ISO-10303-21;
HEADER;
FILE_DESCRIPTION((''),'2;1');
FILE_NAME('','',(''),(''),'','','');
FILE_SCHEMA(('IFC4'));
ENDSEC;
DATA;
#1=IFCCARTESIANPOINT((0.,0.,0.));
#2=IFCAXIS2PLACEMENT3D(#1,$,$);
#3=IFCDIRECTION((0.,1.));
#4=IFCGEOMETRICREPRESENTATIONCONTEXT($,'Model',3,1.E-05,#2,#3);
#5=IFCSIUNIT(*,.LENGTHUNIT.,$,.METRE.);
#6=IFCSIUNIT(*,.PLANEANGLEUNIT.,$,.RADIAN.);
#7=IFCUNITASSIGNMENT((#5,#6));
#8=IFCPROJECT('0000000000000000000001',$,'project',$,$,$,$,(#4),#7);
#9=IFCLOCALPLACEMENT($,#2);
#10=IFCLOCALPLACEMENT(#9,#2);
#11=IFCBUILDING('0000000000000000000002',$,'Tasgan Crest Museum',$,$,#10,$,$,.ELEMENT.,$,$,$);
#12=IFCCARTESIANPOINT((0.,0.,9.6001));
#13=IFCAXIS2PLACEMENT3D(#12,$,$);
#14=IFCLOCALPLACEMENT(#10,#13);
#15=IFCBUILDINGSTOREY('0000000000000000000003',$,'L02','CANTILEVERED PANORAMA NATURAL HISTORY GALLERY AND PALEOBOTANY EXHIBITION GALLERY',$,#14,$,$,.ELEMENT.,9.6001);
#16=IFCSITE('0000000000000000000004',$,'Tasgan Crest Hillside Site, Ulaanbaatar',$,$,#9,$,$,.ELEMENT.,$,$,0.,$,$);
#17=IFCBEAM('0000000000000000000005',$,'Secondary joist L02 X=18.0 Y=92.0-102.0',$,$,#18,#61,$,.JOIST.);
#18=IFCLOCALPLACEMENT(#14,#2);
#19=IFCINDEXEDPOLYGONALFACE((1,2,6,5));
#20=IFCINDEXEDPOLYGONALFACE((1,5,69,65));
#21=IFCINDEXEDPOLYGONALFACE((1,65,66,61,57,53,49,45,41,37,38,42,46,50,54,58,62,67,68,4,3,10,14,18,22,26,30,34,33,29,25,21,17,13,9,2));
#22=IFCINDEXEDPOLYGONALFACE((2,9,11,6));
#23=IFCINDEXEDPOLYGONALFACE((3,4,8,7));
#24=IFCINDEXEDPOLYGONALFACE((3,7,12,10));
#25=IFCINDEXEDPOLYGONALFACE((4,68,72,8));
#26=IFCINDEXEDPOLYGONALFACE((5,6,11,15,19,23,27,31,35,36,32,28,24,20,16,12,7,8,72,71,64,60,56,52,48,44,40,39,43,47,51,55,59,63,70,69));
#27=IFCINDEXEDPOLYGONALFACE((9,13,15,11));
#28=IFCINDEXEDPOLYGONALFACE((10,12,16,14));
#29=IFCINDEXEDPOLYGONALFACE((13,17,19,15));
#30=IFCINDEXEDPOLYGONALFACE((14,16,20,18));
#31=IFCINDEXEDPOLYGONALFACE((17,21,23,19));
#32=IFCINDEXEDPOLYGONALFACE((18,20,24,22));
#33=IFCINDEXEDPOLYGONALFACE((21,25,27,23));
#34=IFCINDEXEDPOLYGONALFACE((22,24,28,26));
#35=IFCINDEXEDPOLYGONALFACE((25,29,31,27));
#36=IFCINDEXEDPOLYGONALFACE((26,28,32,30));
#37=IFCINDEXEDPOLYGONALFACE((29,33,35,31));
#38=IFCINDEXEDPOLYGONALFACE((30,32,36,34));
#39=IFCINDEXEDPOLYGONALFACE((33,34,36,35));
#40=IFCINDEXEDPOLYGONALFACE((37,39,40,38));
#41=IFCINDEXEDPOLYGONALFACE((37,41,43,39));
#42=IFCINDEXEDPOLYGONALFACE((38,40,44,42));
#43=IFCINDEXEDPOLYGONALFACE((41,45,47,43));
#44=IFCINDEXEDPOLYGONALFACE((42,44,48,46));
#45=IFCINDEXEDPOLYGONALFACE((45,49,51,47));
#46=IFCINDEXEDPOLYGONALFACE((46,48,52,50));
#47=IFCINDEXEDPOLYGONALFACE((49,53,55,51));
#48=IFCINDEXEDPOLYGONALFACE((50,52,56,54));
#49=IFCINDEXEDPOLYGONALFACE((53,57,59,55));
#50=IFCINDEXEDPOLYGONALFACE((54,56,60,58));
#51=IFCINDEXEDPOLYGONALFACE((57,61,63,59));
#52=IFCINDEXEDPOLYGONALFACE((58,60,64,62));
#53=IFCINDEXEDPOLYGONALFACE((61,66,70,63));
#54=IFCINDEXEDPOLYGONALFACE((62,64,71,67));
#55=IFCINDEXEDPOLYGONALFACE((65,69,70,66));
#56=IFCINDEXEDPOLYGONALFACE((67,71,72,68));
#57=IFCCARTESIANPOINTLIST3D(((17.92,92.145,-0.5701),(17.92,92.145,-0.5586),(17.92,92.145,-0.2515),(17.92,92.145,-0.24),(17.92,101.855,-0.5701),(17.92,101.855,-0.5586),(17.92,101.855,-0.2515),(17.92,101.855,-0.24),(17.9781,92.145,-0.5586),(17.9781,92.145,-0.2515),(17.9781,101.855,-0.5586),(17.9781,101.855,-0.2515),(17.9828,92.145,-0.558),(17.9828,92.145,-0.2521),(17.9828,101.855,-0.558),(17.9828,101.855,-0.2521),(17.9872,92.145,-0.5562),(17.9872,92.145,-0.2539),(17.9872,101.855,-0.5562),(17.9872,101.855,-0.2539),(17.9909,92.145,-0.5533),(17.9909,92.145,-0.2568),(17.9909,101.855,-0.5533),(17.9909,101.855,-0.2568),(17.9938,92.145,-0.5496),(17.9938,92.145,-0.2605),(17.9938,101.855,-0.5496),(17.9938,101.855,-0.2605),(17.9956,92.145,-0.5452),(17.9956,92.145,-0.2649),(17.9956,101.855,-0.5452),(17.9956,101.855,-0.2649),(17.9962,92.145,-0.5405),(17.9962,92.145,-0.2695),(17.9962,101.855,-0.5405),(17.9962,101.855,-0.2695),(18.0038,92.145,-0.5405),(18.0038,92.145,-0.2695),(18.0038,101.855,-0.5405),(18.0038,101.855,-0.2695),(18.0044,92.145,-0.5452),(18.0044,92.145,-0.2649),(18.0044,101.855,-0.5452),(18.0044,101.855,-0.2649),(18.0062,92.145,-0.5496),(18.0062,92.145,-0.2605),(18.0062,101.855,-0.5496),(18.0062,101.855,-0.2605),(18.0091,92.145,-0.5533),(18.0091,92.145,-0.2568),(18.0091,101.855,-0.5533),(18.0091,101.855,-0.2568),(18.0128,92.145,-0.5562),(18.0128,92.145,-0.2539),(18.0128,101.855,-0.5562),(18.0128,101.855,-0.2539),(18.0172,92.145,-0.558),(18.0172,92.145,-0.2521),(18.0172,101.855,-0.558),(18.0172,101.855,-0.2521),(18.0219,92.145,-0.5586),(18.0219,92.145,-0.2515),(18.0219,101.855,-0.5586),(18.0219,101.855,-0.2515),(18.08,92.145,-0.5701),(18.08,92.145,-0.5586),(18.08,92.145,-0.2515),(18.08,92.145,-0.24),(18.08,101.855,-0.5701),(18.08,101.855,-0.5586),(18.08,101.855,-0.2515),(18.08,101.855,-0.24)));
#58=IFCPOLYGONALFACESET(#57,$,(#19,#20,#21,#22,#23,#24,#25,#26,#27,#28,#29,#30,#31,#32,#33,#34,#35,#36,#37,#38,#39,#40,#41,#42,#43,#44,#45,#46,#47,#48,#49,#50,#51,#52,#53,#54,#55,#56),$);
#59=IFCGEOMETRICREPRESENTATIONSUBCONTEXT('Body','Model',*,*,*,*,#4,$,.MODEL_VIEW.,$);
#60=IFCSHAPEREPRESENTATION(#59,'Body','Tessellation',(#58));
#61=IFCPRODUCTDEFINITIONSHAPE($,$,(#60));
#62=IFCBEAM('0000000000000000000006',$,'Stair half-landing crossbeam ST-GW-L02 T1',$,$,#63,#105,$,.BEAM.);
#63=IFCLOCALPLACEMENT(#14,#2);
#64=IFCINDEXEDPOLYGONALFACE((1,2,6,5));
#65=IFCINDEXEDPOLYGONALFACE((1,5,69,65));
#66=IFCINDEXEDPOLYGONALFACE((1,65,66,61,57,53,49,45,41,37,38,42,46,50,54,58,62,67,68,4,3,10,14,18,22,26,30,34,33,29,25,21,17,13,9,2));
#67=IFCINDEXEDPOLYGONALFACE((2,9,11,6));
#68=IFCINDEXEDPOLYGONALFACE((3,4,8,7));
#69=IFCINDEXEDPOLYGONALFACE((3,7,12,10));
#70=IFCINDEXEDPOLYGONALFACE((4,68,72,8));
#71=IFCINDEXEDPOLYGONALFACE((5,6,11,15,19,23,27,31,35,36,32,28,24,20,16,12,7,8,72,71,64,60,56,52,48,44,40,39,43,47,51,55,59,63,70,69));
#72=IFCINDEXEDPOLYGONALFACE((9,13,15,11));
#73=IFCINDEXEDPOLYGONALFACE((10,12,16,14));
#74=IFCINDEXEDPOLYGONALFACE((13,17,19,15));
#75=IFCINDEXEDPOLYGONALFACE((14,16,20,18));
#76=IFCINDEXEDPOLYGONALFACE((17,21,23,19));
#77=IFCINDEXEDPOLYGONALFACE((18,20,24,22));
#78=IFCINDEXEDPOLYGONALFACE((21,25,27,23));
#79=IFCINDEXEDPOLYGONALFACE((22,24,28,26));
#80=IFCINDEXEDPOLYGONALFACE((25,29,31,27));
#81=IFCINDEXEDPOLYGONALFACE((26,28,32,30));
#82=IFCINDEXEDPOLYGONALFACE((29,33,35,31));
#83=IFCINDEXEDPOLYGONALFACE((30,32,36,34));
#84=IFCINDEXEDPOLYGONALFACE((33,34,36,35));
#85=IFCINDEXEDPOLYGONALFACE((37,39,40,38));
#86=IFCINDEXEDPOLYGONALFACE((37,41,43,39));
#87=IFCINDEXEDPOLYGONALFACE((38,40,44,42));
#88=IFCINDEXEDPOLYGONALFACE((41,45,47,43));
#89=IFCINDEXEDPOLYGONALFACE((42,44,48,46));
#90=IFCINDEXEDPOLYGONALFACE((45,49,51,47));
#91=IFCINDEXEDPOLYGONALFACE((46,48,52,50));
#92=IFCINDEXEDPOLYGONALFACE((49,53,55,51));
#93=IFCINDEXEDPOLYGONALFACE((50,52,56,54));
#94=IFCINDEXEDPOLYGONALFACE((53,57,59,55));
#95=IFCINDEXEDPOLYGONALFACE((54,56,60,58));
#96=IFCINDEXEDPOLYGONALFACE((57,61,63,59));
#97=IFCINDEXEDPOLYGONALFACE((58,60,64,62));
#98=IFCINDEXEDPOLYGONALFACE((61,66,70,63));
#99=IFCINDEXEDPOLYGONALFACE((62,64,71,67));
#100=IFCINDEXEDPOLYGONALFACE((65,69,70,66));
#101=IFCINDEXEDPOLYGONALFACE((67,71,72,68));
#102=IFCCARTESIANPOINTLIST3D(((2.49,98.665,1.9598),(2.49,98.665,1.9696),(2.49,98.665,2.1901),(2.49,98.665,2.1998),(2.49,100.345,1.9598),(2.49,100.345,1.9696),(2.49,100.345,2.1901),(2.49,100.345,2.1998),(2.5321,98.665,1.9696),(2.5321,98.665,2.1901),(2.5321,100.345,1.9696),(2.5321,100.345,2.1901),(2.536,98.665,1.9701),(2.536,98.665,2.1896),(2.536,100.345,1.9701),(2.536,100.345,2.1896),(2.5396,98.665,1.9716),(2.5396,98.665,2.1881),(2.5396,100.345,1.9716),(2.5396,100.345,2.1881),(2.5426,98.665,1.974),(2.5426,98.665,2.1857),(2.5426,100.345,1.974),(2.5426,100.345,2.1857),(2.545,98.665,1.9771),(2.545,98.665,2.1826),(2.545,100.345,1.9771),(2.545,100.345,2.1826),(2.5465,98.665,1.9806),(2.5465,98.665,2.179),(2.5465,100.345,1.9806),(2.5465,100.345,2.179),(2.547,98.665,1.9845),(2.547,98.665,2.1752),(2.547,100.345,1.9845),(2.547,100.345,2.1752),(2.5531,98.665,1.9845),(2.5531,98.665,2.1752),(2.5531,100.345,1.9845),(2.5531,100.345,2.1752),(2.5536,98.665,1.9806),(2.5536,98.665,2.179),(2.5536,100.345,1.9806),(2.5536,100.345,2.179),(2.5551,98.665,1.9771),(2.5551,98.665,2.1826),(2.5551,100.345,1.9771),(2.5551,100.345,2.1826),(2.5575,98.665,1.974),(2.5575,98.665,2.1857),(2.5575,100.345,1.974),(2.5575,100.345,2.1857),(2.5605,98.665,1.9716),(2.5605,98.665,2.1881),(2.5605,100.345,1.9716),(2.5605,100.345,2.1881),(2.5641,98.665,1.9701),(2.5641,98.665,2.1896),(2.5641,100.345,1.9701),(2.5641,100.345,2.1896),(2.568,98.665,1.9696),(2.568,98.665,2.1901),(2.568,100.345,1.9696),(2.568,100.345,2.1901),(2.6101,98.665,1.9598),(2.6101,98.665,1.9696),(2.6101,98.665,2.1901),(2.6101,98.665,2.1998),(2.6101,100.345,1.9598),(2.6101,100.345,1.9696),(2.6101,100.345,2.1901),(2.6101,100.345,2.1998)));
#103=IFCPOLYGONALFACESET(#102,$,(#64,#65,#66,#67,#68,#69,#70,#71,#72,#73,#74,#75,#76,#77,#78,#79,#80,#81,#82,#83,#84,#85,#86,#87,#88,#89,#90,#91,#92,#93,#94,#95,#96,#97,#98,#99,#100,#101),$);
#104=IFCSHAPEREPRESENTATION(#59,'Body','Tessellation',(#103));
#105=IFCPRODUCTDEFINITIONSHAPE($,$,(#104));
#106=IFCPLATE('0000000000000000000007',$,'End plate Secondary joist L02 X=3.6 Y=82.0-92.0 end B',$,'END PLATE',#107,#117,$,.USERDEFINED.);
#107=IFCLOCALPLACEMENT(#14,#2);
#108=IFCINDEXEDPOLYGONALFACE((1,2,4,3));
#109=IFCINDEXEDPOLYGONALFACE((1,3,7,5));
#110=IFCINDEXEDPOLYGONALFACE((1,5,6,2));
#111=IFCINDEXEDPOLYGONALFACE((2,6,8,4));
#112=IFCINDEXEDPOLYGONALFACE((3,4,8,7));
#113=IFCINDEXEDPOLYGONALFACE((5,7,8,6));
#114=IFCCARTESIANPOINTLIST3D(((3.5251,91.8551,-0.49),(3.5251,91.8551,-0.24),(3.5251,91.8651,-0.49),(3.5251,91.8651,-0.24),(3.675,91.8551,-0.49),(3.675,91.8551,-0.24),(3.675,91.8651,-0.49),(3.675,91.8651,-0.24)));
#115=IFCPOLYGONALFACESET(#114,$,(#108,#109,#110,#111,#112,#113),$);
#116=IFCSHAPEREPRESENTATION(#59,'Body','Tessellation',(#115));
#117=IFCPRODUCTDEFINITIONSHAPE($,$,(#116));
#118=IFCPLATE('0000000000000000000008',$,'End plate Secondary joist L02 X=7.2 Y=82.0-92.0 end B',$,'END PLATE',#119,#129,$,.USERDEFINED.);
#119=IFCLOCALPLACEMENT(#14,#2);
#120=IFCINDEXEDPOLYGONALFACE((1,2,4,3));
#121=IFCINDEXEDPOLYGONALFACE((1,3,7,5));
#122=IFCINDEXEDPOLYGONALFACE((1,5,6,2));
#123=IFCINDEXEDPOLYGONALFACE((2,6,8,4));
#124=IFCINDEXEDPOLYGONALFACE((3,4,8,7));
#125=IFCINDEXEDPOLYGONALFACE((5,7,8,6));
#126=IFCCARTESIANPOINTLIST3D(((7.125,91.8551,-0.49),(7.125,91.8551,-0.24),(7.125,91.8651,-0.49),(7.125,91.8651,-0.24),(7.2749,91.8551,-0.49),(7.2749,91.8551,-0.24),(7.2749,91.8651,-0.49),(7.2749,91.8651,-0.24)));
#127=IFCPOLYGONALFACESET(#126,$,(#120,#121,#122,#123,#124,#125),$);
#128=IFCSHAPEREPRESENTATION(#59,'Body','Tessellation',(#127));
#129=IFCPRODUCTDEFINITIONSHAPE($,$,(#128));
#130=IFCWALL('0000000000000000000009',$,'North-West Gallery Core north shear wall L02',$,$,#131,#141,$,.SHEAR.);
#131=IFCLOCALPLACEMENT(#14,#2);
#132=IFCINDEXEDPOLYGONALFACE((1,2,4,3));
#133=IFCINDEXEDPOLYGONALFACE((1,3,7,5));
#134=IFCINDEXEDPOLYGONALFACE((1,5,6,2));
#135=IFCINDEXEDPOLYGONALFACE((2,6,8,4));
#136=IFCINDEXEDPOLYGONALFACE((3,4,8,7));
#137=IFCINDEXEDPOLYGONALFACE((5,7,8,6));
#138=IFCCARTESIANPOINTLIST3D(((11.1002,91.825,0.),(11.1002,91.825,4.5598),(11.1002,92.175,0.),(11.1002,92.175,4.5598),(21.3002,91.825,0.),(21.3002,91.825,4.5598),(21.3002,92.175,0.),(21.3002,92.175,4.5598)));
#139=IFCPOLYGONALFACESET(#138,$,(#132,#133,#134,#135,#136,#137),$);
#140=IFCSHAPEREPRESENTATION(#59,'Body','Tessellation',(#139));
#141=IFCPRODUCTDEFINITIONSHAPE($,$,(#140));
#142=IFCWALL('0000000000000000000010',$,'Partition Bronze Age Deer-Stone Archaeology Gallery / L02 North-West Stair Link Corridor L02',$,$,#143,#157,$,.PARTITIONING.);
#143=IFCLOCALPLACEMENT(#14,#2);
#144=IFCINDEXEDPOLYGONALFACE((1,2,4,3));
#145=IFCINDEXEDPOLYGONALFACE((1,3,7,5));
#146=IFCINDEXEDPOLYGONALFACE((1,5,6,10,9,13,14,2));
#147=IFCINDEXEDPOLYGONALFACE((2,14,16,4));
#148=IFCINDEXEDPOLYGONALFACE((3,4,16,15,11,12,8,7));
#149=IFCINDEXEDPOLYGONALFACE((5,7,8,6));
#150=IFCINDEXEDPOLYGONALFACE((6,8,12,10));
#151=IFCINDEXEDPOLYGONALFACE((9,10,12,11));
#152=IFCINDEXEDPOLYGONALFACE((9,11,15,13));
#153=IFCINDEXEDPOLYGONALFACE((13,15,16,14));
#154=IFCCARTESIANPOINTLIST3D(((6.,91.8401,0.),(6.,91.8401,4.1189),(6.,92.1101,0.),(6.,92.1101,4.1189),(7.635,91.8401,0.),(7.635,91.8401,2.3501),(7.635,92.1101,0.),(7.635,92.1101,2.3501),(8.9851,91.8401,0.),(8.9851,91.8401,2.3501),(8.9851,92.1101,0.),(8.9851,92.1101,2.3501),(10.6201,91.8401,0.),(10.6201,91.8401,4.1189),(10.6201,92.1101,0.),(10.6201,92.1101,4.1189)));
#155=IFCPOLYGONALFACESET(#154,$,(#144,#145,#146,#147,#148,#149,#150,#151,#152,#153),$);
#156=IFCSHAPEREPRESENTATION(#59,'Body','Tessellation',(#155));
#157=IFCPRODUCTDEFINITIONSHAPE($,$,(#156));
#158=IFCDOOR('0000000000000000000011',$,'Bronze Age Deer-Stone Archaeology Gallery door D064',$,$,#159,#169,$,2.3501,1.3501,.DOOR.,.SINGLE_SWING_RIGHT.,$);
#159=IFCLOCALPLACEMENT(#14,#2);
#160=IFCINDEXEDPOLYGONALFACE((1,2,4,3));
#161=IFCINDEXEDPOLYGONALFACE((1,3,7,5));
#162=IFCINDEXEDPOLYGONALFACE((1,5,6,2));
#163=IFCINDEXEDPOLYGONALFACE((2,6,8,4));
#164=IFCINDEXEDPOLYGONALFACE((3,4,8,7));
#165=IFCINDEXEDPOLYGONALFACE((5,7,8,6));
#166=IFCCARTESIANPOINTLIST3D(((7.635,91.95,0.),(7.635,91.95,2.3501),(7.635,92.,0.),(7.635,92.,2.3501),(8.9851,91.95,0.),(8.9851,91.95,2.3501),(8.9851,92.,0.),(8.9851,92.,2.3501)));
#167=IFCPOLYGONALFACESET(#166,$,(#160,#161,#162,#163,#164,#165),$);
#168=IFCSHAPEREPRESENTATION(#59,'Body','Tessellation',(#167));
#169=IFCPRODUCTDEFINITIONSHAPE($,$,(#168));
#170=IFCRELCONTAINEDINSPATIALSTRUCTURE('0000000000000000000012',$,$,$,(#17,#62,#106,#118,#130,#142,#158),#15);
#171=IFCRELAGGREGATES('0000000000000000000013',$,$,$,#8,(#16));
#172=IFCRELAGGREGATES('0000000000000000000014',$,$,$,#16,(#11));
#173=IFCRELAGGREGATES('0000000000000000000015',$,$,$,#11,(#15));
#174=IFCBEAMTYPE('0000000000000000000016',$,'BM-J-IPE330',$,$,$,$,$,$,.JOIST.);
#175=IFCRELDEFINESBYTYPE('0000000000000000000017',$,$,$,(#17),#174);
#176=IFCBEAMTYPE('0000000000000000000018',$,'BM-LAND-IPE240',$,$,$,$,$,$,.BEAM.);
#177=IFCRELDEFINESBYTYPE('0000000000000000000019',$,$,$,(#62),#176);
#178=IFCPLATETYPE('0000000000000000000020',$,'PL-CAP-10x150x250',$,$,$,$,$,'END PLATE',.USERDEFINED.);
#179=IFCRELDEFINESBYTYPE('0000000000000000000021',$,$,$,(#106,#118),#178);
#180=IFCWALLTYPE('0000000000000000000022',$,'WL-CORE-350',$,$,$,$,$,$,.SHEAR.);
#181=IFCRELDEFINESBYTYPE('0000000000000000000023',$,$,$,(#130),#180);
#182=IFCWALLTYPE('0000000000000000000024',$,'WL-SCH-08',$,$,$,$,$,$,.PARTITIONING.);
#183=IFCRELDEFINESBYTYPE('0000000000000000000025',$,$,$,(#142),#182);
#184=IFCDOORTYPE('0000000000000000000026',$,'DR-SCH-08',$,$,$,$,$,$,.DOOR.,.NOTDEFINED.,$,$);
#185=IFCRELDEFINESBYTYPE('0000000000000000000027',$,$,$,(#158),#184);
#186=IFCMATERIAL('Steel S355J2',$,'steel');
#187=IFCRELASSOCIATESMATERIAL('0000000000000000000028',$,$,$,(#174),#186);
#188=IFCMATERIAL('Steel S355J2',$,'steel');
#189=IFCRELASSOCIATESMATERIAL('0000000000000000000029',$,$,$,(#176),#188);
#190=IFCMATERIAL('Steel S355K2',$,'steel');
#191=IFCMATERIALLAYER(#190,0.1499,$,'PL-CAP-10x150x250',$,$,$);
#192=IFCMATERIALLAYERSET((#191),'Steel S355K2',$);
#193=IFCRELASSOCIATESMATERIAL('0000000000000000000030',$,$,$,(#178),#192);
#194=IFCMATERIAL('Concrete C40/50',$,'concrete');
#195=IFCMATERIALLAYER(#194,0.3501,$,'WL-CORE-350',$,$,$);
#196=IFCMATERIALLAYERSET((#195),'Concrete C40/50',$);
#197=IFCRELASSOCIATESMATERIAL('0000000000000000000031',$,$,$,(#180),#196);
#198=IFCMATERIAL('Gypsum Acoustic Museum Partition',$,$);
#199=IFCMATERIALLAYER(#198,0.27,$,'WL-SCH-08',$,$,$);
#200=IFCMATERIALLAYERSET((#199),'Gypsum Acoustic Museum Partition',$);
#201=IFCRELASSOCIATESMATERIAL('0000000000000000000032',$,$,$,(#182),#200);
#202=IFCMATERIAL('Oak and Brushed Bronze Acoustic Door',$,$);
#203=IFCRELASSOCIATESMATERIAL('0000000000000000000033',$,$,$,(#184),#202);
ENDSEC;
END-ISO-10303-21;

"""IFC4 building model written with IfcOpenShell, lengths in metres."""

from ifc_helpers import new_model, si_unit, direction, frame, frame_2d, origin, origin_2d, place, context, subcontext, project, spatial, rectangle, i_section, extrude, material, layer, layer_set, material_profile, profile_set, type_object, element, fill, save


model = new_model("IFC4")

# Units and contexts
model_context = context("Model", 3, precision=1e-05, world=origin(), true_north=direction((0.0, 1.0)))
body_context = subcontext(model_context, "Body", "Model", "MODEL_VIEW")
ifc_project = project(units=[si_unit("LENGTHUNIT", "METRE"), si_unit("PLANEANGLEUNIT", "RADIAN")], contexts=[model_context])

# Site, building, storey
site_placement = place(None, origin())
site = spatial("IfcSite", under=ifc_project, at=site_placement, Name="Tasgan Crest Hillside Site, Ulaanbaatar", CompositionType="ELEMENT", RefElevation=0.0)
building_placement = place(site_placement, origin())
building = spatial("IfcBuilding", under=site, at=building_placement, Name="Tasgan Crest Museum", CompositionType="ELEMENT")
storey_placement = place(building_placement, frame((0.0, 0.0, 9.6001)))
storey = spatial("IfcBuildingStorey", under=building, at=storey_placement, Name="L02", Description="CANTILEVERED PANORAMA NATURAL HISTORY GALLERY AND PALEOBOTANY EXHIBITION GALLERY", CompositionType="ELEMENT", Elevation=9.6001)

# Beams
ifc_material_1 = material(Name="Steel S355J2", Category="steel")
ifc_material_profile_1 = material_profile(ifc_material_1, i_section(OverallWidth=0.1599, OverallDepth=0.3301, WebThickness=0.0076, FlangeThickness=0.0115, FilletRadius=0.0181, at=origin_2d()), Name="IPE 330")
ifc_profile_set_1 = profile_set([ifc_material_profile_1], Name="Steel S355J2")
beam_type_1 = type_object("IfcBeamType", Name="BM-J-IPE330", PredefinedType="JOIST", material=ifc_profile_set_1)
for number, where, z_axis, x_axis, name in (
    (1, (18.0, 92.145, -0.405), (0.0, 1.0, 0.0), (-1.0, 0.0, 0.0), "Secondary joist L02 X=18.0 Y=92.0-102.0"),
):
    element("IfcBeam", number, at=place(storey_placement, frame(where, z_axis=z_axis, x_axis=x_axis)), inside=storey, type_object=beam_type_1, Name=name, PredefinedType="JOIST", context=body_context, shape_type="SweptSolid", body=[
        extrude(i_section(OverallWidth=0.1599, OverallDepth=0.3301, WebThickness=0.0076, FlangeThickness=0.0115, FilletRadius=0.0181, at=origin_2d()), origin(), (0.0, 0.0, 1.0), 9.71),
    ])
ifc_material_2 = material(Name="Steel S355J2", Category="steel")
ifc_material_profile_2 = material_profile(ifc_material_2, i_section(OverallWidth=0.1201, OverallDepth=0.24, WebThickness=0.0061, FlangeThickness=0.0098, FilletRadius=0.0149, at=origin_2d()), Name="IPE 240")
ifc_profile_set_2 = profile_set([ifc_material_profile_2], Name="Steel S355J2")
beam_type_2 = type_object("IfcBeamType", Name="BM-LAND-IPE240", PredefinedType="BEAM", material=ifc_profile_set_2)
beam_1_placement = place(storey_placement, frame((2.55, 98.665, 2.0798), z_axis=(0.0, 1.0, 0.0), x_axis=(-1.0, 0.0, 0.0)))
element("IfcBeam", 2, at=beam_1_placement, inside=storey, type_object=beam_type_2, Name="Stair half-landing crossbeam ST-GW-L02 T1", PredefinedType="BEAM", context=body_context, shape_type="SweptSolid", body=[
    extrude(i_section(OverallWidth=0.1201, OverallDepth=0.24, WebThickness=0.0061, FlangeThickness=0.0098, FilletRadius=0.0149, at=origin_2d()), origin(), (0.0, 0.0, 1.0), 1.6799),
])

# Plates
ifc_material_3 = material(Name="Steel S355K2", Category="steel")
ifc_layer_1 = layer(ifc_material_3, 0.1499, Name="PL-CAP-10x150x250")
ifc_layer_set_1 = layer_set([ifc_layer_1], Name="Steel S355K2")
plate_type = type_object("IfcPlateType", Name="PL-CAP-10x150x250", ElementType="END PLATE", PredefinedType="USERDEFINED", material=ifc_layer_set_1)
for number, where, z_axis, x_axis, name in (
    (3, (3.6001, 91.8601, -0.49), (0.0, 0.0, 1.0), (0.0, 1.0, 0.0), "End plate Secondary joist L02 X=3.6 Y=82.0-92.0 end B"),
    (4, (7.2, 91.8601, -0.49), (0.0, 0.0, 1.0), (0.0, 1.0, 0.0), "End plate Secondary joist L02 X=7.2 Y=82.0-92.0 end B"),
):
    element("IfcPlate", number, at=place(storey_placement, frame(where, z_axis=z_axis, x_axis=x_axis)), inside=storey, type_object=plate_type, Name=name, ObjectType="END PLATE", PredefinedType="USERDEFINED", context=body_context, shape_type="SweptSolid", body=[
        extrude(rectangle(XDim=0.01, YDim=0.1499, at=origin_2d()), origin(), (0.0, 0.0, 1.0), 0.25),
    ])

# Wall
ifc_material_4 = material(Name="Concrete C40/50", Category="concrete")
ifc_layer_2 = layer(ifc_material_4, 0.3501, Name="WL-CORE-350")
ifc_layer_set_2 = layer_set([ifc_layer_2], Name="Concrete C40/50")
wall_type_1 = type_object("IfcWallType", Name="WL-CORE-350", PredefinedType="SHEAR", material=ifc_layer_set_2)
wall_1_placement = place(storey_placement, frame((11.1001, 92.0, 0.0), z_axis=(0.0, 0.0, 1.0), x_axis=(1.0, 0.0, 0.0)))
element("IfcWall", 5, at=wall_1_placement, inside=storey, type_object=wall_type_1, Name="North-West Gallery Core north shear wall L02", PredefinedType="SHEAR", context=body_context, shape_type="SweptSolid", body=[
    extrude(rectangle(XDim=10.2, YDim=0.3501, at=frame_2d((5.1001, 0.0))), origin(), (0.0, 0.0, 1.0), 4.5598),
])

# Wall, opening, door
ifc_material_5 = material(Name="Gypsum Acoustic Museum Partition")
ifc_layer_3 = layer(ifc_material_5, 0.27, Name="WL-SCH-08")
ifc_layer_set_3 = layer_set([ifc_layer_3], Name="Gypsum Acoustic Museum Partition")
wall_type_2 = type_object("IfcWallType", Name="WL-SCH-08", PredefinedType="PARTITIONING", material=ifc_layer_set_3)
wall_2_placement = place(storey_placement, frame((6.0, 91.9751, 0.0), z_axis=(0.0, 0.0, 1.0), x_axis=(1.0, 0.0, 0.0)))
wall_2 = element("IfcWall", 6, at=wall_2_placement, inside=storey, type_object=wall_type_2, Name="Partition Bronze Age Deer-Stone Archaeology Gallery / L02 North-West Stair Link Corridor L02", PredefinedType="PARTITIONING", context=body_context, shape_type="SweptSolid", body=[
    extrude(rectangle(XDim=4.6201, YDim=0.27, at=frame_2d((2.3101, 0.0))), origin(), (0.0, 0.0, 1.0), 4.1189),
])
opening_1_placement = place(wall_2_placement, frame((1.635, 0.0, 0.0)))
opening_1 = element("IfcOpeningElement", 7, at=opening_1_placement, cuts=wall_2, PredefinedType="OPENING", context=body_context, shape_type="SweptSolid", body=[
    extrude(rectangle(XDim=1.3501, YDim=2.3501, at=frame_2d((0.675, 1.175))), frame((0.0, 0.145, 0.0), z_axis=(0.0, -1.0, 0.0), x_axis=(1.0, 0.0, 0.0)), (0.0, 0.0, 1.0), 0.29),
])
ifc_material_6 = material(Name="Oak and Brushed Bronze Acoustic Door")
door_type_1 = type_object("IfcDoorType", Name="DR-SCH-08", OperationType="NOTDEFINED", PredefinedType="DOOR", material=ifc_material_6)
door_1_placement = place(opening_1_placement, origin())
door_1 = element("IfcDoor", 8, at=door_1_placement, inside=storey, type_object=door_type_1, Name="Bronze Age Deer-Stone Archaeology Gallery door D064", OperationType="SINGLE_SWING_RIGHT", OverallHeight=2.3501, OverallWidth=1.3501, PredefinedType="DOOR", context=body_context, shape_type="SweptSolid", body=[
    extrude(rectangle(XDim=1.3501, YDim=2.3501, at=frame_2d((0.675, 1.175))), frame((0.0, 0.0249, 0.0), z_axis=(0.0, -1.0, 0.0), x_axis=(1.0, 0.0, 0.0)), (0.0, 0.0, 1.0), 0.05),
])
fill(opening_1, door_1)

save(model, "model.ifc")
